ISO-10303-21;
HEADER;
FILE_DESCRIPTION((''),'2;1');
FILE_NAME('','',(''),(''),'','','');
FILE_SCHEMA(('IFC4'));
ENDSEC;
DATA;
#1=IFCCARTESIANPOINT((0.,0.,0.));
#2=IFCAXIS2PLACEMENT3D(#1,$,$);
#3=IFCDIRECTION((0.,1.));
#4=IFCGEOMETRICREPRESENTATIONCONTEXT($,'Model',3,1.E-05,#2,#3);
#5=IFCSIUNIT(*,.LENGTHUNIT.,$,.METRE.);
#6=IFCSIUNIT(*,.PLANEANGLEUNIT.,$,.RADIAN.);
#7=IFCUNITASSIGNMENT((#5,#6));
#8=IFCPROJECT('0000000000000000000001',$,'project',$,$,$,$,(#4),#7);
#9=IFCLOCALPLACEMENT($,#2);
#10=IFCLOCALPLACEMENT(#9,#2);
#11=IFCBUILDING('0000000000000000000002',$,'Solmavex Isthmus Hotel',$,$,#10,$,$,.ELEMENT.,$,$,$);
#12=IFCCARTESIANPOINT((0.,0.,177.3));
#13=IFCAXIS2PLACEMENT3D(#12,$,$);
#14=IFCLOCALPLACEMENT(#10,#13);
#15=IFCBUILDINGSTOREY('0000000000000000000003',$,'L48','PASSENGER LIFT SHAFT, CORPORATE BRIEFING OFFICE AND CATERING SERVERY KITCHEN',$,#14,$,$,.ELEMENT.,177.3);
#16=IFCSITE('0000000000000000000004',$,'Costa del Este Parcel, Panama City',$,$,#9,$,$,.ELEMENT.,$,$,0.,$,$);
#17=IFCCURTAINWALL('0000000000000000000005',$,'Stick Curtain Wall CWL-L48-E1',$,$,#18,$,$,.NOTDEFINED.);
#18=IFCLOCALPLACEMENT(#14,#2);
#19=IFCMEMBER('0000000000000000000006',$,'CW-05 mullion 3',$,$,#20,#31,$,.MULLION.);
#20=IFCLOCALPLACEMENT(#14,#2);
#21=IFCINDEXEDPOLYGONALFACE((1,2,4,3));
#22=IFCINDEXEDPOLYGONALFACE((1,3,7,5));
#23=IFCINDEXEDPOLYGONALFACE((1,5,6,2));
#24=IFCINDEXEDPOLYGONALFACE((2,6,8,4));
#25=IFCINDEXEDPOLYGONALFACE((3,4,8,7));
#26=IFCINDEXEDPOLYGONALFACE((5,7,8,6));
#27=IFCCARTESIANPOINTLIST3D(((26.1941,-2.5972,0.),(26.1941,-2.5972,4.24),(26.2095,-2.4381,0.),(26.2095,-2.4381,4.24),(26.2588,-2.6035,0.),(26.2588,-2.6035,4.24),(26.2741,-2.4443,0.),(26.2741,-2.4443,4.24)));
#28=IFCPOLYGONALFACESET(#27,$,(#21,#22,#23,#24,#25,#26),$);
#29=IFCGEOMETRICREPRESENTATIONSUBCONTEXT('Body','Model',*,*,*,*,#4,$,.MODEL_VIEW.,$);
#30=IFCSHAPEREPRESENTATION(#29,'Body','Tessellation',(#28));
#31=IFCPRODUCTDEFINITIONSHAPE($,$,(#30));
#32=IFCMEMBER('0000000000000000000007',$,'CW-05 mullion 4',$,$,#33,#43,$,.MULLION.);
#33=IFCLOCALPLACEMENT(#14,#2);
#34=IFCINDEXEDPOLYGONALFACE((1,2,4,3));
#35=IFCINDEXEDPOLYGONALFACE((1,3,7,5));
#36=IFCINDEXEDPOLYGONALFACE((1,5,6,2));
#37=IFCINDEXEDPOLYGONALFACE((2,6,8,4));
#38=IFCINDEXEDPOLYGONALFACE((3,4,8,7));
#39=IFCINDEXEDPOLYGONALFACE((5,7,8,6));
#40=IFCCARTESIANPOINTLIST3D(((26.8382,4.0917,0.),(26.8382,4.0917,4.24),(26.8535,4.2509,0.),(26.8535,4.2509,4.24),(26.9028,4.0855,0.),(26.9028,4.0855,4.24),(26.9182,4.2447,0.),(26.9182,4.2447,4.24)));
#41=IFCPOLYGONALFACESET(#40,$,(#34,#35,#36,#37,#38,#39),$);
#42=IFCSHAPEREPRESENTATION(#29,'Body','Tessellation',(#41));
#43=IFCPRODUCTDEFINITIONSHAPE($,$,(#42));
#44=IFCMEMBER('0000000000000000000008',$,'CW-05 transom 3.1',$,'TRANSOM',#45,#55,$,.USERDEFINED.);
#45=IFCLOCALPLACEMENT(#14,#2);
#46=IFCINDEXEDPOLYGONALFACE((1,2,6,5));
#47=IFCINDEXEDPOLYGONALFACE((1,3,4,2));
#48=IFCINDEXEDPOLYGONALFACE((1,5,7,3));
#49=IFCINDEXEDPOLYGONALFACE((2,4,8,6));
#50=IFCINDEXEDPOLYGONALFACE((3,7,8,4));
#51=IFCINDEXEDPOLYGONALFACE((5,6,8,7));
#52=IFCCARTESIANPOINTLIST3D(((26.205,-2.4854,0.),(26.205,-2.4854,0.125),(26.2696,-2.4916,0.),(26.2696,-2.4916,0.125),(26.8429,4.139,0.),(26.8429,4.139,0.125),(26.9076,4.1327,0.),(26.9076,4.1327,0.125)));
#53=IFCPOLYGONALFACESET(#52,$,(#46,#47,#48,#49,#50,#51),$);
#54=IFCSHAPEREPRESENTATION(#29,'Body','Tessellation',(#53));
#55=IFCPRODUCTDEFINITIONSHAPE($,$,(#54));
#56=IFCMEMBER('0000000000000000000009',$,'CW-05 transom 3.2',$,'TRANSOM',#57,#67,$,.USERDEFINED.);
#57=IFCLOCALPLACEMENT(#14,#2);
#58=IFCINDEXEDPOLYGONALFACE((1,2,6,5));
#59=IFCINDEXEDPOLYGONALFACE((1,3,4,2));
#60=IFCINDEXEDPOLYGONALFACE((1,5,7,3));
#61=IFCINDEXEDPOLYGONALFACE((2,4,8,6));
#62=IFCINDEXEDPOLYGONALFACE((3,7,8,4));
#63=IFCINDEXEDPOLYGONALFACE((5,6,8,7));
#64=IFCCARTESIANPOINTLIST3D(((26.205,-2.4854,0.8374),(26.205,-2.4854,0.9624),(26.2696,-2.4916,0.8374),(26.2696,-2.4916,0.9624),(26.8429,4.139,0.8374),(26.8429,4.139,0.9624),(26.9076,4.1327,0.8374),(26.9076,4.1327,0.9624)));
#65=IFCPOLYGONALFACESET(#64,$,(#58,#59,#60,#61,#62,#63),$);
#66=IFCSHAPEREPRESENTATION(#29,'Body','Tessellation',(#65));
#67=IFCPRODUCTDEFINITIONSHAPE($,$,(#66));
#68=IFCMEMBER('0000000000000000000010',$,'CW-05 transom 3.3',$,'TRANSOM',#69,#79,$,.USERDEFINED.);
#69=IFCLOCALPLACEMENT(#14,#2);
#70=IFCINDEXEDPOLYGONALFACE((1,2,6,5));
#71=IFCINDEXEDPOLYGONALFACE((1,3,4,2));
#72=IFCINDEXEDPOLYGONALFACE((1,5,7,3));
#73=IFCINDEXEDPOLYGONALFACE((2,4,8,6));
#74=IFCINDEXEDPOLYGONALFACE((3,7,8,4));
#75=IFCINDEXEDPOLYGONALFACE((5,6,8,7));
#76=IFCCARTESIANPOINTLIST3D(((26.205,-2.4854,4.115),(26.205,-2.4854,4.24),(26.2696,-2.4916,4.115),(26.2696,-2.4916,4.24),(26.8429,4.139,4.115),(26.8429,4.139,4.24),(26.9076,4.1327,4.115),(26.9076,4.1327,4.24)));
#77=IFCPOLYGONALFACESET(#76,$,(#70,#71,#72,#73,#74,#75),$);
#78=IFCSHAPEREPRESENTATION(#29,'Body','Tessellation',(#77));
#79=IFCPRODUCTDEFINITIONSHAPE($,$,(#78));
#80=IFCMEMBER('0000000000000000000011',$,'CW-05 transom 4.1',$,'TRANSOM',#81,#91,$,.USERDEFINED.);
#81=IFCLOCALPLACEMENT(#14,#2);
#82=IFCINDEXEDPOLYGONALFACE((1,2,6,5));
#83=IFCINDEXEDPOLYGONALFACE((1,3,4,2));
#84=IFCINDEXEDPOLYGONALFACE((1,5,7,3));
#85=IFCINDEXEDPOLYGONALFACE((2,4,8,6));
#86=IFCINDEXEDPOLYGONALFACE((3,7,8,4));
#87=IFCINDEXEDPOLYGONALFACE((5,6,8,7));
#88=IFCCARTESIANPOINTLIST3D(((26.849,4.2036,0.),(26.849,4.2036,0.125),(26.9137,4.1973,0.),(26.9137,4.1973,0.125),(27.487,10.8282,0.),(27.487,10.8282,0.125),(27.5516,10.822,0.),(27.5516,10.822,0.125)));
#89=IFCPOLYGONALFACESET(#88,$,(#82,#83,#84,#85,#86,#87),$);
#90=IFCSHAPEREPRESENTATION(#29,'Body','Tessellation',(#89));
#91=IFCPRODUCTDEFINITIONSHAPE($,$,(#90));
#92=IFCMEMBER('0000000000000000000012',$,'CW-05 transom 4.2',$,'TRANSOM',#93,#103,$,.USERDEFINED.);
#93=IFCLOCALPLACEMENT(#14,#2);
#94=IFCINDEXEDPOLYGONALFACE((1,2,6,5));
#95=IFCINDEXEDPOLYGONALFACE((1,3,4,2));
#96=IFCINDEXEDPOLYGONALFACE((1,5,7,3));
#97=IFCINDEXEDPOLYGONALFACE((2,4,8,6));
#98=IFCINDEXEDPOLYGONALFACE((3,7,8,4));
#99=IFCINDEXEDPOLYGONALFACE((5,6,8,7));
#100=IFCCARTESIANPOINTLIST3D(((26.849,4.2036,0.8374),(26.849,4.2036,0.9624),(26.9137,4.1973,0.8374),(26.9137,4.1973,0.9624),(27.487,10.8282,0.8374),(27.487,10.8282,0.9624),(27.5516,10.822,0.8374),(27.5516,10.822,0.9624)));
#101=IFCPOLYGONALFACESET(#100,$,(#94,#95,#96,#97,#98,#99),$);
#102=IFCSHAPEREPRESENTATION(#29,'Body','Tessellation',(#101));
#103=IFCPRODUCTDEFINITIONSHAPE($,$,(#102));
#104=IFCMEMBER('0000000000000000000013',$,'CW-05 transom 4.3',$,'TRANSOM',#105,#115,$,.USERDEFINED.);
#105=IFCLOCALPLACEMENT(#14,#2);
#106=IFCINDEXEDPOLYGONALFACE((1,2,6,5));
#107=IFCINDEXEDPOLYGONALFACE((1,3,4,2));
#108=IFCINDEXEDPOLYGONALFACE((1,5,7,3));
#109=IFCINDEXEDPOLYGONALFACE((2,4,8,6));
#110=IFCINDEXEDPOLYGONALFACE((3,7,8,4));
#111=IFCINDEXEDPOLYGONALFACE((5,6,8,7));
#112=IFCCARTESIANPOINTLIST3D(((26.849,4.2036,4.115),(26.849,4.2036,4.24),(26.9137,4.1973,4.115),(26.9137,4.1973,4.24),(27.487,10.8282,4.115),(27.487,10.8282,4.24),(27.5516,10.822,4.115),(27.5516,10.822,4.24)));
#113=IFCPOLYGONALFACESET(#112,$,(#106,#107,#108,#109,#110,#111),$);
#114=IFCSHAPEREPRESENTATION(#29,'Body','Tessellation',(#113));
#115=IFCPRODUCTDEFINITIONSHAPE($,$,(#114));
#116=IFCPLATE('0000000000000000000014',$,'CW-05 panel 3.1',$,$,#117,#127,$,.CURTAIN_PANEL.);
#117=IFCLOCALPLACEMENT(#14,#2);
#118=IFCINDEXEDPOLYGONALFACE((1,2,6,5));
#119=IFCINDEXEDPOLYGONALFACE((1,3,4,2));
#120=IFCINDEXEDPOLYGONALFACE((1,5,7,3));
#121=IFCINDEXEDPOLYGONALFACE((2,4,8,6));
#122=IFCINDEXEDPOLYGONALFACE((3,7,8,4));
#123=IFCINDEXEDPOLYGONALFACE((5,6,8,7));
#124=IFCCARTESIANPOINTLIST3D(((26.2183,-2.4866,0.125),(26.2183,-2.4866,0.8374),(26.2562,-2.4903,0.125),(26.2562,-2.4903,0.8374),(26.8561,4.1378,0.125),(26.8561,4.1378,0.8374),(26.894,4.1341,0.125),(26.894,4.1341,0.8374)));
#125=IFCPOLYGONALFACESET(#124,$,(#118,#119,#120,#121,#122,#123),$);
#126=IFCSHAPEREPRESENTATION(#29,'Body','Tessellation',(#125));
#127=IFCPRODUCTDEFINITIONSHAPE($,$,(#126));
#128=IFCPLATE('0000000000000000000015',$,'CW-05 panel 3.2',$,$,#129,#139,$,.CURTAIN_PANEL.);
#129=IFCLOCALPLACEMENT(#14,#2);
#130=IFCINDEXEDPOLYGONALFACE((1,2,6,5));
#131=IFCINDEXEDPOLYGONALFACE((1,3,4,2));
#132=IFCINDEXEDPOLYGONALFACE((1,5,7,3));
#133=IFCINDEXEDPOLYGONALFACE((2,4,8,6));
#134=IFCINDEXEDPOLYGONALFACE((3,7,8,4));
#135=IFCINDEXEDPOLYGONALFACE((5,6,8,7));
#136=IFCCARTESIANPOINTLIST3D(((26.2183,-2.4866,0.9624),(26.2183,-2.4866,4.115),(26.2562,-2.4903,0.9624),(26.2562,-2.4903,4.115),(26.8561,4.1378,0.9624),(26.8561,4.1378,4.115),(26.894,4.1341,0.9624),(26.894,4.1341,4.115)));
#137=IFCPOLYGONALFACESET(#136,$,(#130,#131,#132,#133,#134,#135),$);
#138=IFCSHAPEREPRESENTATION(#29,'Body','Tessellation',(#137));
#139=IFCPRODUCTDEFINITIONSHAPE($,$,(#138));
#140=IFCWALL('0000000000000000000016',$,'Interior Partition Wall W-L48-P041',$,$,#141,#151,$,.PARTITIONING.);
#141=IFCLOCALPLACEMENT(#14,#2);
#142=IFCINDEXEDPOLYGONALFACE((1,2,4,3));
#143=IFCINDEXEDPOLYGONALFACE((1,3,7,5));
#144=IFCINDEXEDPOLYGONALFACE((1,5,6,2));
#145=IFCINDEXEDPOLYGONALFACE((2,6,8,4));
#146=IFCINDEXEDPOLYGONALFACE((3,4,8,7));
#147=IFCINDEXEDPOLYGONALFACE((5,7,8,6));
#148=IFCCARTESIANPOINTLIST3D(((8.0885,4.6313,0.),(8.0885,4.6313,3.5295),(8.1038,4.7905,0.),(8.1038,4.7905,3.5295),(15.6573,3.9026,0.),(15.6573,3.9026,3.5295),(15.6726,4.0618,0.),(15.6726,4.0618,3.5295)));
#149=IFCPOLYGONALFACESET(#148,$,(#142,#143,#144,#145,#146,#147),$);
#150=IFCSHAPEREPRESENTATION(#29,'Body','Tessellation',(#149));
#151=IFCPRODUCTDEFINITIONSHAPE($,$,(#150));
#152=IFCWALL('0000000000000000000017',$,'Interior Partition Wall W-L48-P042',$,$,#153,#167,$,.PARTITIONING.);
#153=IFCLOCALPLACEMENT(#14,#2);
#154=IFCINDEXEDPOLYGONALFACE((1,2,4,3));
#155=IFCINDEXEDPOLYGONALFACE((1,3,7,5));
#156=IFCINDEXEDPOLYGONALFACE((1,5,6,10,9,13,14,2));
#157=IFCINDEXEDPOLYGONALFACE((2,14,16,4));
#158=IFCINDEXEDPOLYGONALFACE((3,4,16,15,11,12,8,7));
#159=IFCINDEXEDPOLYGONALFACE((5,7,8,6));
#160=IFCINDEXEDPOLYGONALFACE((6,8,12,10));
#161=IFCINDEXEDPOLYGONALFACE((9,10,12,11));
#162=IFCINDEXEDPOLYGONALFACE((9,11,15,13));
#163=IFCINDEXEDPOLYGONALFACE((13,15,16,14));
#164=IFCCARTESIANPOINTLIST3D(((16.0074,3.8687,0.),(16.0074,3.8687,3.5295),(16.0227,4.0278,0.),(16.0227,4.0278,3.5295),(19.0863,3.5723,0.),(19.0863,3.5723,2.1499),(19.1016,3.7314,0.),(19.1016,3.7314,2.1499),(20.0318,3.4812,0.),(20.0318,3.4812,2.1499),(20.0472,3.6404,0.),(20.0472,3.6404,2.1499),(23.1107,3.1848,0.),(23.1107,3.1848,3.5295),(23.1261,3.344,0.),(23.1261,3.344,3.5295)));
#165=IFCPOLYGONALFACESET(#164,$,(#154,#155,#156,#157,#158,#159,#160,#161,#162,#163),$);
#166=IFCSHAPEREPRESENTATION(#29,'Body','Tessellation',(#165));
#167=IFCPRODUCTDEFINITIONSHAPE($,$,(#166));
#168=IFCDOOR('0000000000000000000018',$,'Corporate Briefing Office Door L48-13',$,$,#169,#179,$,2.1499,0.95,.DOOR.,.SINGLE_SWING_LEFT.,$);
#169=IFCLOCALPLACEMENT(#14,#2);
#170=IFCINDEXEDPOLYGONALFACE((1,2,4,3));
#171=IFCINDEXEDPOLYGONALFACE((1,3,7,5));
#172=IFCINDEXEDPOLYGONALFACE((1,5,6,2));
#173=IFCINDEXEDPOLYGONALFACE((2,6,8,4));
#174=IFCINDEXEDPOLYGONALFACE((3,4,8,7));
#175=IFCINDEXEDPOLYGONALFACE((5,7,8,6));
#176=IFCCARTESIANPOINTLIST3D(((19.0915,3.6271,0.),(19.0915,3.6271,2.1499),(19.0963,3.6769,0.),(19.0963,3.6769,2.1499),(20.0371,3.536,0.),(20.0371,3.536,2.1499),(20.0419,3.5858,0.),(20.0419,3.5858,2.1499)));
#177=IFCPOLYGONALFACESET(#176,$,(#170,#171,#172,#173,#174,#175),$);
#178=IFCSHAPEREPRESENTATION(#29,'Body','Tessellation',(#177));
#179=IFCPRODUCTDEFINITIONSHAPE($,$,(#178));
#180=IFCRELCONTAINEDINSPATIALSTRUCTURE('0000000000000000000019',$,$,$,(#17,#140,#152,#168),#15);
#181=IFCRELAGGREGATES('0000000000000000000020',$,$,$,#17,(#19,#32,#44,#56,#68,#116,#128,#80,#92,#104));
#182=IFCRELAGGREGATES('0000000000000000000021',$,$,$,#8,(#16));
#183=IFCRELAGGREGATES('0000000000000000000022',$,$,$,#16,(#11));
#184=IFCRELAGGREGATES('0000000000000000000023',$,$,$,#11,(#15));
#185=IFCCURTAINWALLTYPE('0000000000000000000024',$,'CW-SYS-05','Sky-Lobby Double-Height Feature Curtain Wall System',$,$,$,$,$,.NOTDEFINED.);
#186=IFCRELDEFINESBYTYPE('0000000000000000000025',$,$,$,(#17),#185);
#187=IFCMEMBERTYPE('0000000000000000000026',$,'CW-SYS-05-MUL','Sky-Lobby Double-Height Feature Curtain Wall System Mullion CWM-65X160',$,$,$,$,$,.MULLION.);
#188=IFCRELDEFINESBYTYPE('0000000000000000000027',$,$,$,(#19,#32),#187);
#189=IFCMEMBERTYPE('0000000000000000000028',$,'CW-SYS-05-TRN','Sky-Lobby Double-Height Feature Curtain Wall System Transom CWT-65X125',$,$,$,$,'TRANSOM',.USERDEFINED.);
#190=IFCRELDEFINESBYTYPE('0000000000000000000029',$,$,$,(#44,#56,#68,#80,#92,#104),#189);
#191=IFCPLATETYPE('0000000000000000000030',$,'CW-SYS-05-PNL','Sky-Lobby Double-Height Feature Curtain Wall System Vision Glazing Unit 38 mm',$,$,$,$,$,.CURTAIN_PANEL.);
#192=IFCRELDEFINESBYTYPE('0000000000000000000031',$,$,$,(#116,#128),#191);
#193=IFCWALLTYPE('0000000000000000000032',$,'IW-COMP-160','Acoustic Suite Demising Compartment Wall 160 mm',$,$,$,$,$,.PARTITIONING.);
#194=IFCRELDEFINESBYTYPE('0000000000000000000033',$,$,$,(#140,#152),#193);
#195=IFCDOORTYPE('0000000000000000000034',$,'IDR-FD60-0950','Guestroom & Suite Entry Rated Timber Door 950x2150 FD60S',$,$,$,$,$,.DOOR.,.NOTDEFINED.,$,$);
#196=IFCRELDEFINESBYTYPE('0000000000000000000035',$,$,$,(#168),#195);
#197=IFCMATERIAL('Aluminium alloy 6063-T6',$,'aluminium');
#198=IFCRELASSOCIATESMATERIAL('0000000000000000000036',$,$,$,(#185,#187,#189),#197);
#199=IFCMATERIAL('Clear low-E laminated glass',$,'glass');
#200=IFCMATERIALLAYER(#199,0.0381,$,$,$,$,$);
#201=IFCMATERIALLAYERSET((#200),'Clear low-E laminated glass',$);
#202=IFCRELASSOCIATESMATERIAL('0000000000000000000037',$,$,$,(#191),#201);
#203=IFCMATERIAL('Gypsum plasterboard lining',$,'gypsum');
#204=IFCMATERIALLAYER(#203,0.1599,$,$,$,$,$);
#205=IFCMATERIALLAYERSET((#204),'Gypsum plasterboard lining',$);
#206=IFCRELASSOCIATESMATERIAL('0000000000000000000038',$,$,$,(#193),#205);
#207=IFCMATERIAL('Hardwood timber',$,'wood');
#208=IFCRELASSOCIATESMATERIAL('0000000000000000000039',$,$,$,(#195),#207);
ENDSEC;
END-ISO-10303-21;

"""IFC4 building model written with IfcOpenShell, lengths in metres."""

from ifc_helpers import new_model, si_unit, direction, frame, frame_2d, origin, origin_2d, place, context, subcontext, project, spatial, rectangle, extrude, material, layer, layer_set, material_profile, profile_set, type_object, element, fill, aggregate, save


model = new_model("IFC4")

# Units and contexts
model_context = context("Model", 3, precision=1e-05, world=origin(), true_north=direction((0.0, 1.0)))
body_context = subcontext(model_context, "Body", "Model", "MODEL_VIEW")
ifc_project = project(units=[si_unit("LENGTHUNIT", "METRE"), si_unit("PLANEANGLEUNIT", "RADIAN")], contexts=[model_context])

# Site, building, storey
site_placement = place(None, origin())
site = spatial("IfcSite", under=ifc_project, at=site_placement, Name="Costa del Este Parcel, Panama City", CompositionType="ELEMENT", RefElevation=0.0)
building_placement = place(site_placement, origin())
building = spatial("IfcBuilding", under=site, at=building_placement, Name="Solmavex Isthmus Hotel", CompositionType="ELEMENT")
storey_placement = place(building_placement, frame((0.0, 0.0, 177.3)))
storey = spatial("IfcBuildingStorey", under=building, at=storey_placement, Name="L48", Description="PASSENGER LIFT SHAFT, CORPORATE BRIEFING OFFICE AND CATERING SERVERY KITCHEN", CompositionType="ELEMENT", Elevation=177.3)

# Curtain wall, members, plates
ifc_material_1 = material(Name="Aluminium alloy 6063-T6", Category="aluminium")
curtain_wall_type = type_object("IfcCurtainWallType", Name="CW-SYS-05", Description="Sky-Lobby Double-Height Feature Curtain Wall System", PredefinedType="NOTDEFINED", material=ifc_material_1)
curtain_wall_placement = place(storey_placement, origin())
curtain_wall = element("IfcCurtainWall", 1, at=curtain_wall_placement, inside=storey, type_object=curtain_wall_type, Name="Stick Curtain Wall CWL-L48-E1", PredefinedType="NOTDEFINED")
ifc_material_profile_1 = material_profile(ifc_material_1, rectangle(XDim=0.0649, YDim=0.1599, at=origin_2d()), Name="CWM-65X160")
ifc_profile_set_1 = profile_set([ifc_material_profile_1], Name="Aluminium alloy 6063-T6")
member_type_1 = type_object("IfcMemberType", Name="CW-SYS-05-MUL", Description="Sky-Lobby Double-Height Feature Curtain Wall System Mullion CWM-65X160", PredefinedType="MULLION", material=ifc_profile_set_1)
member_1_placement = place(storey_placement, frame((26.2341, -2.5208, 0.0), z_axis=(0.0, 0.0, 1.0), x_axis=(-0.995396, 0.095846, 0.0)))
member_1 = element("IfcMember", 2, at=member_1_placement, type_object=member_type_1, Name="CW-05 mullion 3", PredefinedType="MULLION", context=body_context, shape_type="SweptSolid", body=[
    extrude(rectangle(XDim=0.0649, YDim=0.1599, at=origin_2d()), origin(), (0.0, 0.0, 1.0), 4.24),
])
member_2_placement = place(storey_placement, frame((26.8782, 4.1682, 0.0), z_axis=(0.0, 0.0, 1.0), x_axis=(-0.995396, 0.095846, 0.0)))
member_2 = element("IfcMember", 3, at=member_2_placement, type_object=member_type_1, Name="CW-05 mullion 4", PredefinedType="MULLION", context=body_context, shape_type="SweptSolid", body=[
    extrude(rectangle(XDim=0.0649, YDim=0.1599, at=origin_2d()), origin(), (0.0, 0.0, 1.0), 4.24),
])
ifc_material_profile_2 = material_profile(ifc_material_1, rectangle(XDim=0.0649, YDim=0.125, at=origin_2d()), Name="CWT-65X125")
ifc_profile_set_2 = profile_set([ifc_material_profile_2], Name="Aluminium alloy 6063-T6")
member_type_2 = type_object("IfcMemberType", Name="CW-SYS-05-TRN", Description="Sky-Lobby Double-Height Feature Curtain Wall System Transom CWT-65X125", ElementType="TRANSOM", PredefinedType="USERDEFINED", material=ifc_profile_set_2)
member_3_placement = place(storey_placement, frame((26.2373, -2.4885, 0.0625), z_axis=(0.09586, 0.995395, 0.0), x_axis=(-0.995395, 0.09586, 0.0)))
member_3 = element("IfcMember", 4, at=member_3_placement, type_object=member_type_2, Name="CW-05 transom 3.1", ObjectType="TRANSOM", PredefinedType="USERDEFINED", context=body_context, shape_type="SweptSolid", body=[
    extrude(rectangle(XDim=0.0649, YDim=0.125, at=origin_2d()), origin(), (0.0, 0.0, 1.0), 6.655),
])
member_4_placement = place(storey_placement, frame((26.2373, -2.4885, 0.8999), z_axis=(0.09586, 0.995395, 0.0), x_axis=(-0.995395, 0.09586, 0.0)))
member_4 = element("IfcMember", 5, at=member_4_placement, type_object=member_type_2, Name="CW-05 transom 3.2", ObjectType="TRANSOM", PredefinedType="USERDEFINED", context=body_context, shape_type="SweptSolid", body=[
    extrude(rectangle(XDim=0.0649, YDim=0.125, at=origin_2d()), origin(), (0.0, 0.0, 1.0), 6.655),
])
member_5_placement = place(storey_placement, frame((26.2373, -2.4885, 4.1775), z_axis=(0.09586, 0.995395, 0.0), x_axis=(-0.995395, 0.09586, 0.0)))
member_5 = element("IfcMember", 6, at=member_5_placement, type_object=member_type_2, Name="CW-05 transom 3.3", ObjectType="TRANSOM", PredefinedType="USERDEFINED", context=body_context, shape_type="SweptSolid", body=[
    extrude(rectangle(XDim=0.0649, YDim=0.125, at=origin_2d()), origin(), (0.0, 0.0, 1.0), 6.655),
])
member_6_placement = place(storey_placement, frame((26.8813, 4.2004, 0.0625), z_axis=(0.095856, 0.995395, 0.0), x_axis=(-0.995395, 0.095856, 0.0)))
member_6 = element("IfcMember", 7, at=member_6_placement, type_object=member_type_2, Name="CW-05 transom 4.1", ObjectType="TRANSOM", PredefinedType="USERDEFINED", context=body_context, shape_type="SweptSolid", body=[
    extrude(rectangle(XDim=0.0649, YDim=0.125, at=origin_2d()), origin(), (0.0, 0.0, 1.0), 6.6553),
])
member_7_placement = place(storey_placement, frame((26.8813, 4.2004, 0.8999), z_axis=(0.095856, 0.995395, 0.0), x_axis=(-0.995395, 0.095856, 0.0)))
member_7 = element("IfcMember", 8, at=member_7_placement, type_object=member_type_2, Name="CW-05 transom 4.2", ObjectType="TRANSOM", PredefinedType="USERDEFINED", context=body_context, shape_type="SweptSolid", body=[
    extrude(rectangle(XDim=0.0649, YDim=0.125, at=origin_2d()), origin(), (0.0, 0.0, 1.0), 6.6553),
])
member_8_placement = place(storey_placement, frame((26.8813, 4.2004, 4.1775), z_axis=(0.095856, 0.995395, 0.0), x_axis=(-0.995395, 0.095856, 0.0)))
member_8 = element("IfcMember", 9, at=member_8_placement, type_object=member_type_2, Name="CW-05 transom 4.3", ObjectType="TRANSOM", PredefinedType="USERDEFINED", context=body_context, shape_type="SweptSolid", body=[
    extrude(rectangle(XDim=0.0649, YDim=0.125, at=origin_2d()), origin(), (0.0, 0.0, 1.0), 6.6553),
])
ifc_material_2 = material(Name="Clear low-E laminated glass", Category="glass")
ifc_layer_1 = layer(ifc_material_2, 0.0381)
ifc_layer_set_1 = layer_set([ifc_layer_1], Name="Clear low-E laminated glass")
plate_type = type_object("IfcPlateType", Name="CW-SYS-05-PNL", Description="Sky-Lobby Double-Height Feature Curtain Wall System Vision Glazing Unit 38 mm", PredefinedType="CURTAIN_PANEL", material=ifc_layer_set_1)
plate_1_placement = place(storey_placement, frame((26.5562, 0.8237, 0.125), z_axis=(0.0, 0.0, 1.0), x_axis=(0.095846, 0.995396, 0.0)))
plate_1 = element("IfcPlate", 10, at=plate_1_placement, type_object=plate_type, Name="CW-05 panel 3.1", PredefinedType="CURTAIN_PANEL", context=body_context, shape_type="SweptSolid", body=[
    extrude(rectangle(XDim=6.655, YDim=0.0381, at=origin_2d()), origin(), (0.0, 0.0, 1.0), 0.7124),
])
plate_2_placement = place(storey_placement, frame((26.5562, 0.8237, 0.9624), z_axis=(0.0, 0.0, 1.0), x_axis=(0.095846, 0.995396, 0.0)))
plate_2 = element("IfcPlate", 11, at=plate_2_placement, type_object=plate_type, Name="CW-05 panel 3.2", PredefinedType="CURTAIN_PANEL", context=body_context, shape_type="SweptSolid", body=[
    extrude(rectangle(XDim=6.655, YDim=0.0381, at=origin_2d()), origin(), (0.0, 0.0, 1.0), 3.1526),
])
aggregate(curtain_wall, [member_1, member_2, member_3, member_4, member_5, plate_1, plate_2, member_6, member_7, member_8])

# Wall
ifc_material_3 = material(Name="Gypsum plasterboard lining", Category="gypsum")
ifc_layer_2 = layer(ifc_material_3, 0.1599)
ifc_layer_set_2 = layer_set([ifc_layer_2], Name="Gypsum plasterboard lining")
wall_type = type_object("IfcWallType", Name="IW-COMP-160", Description="Acoustic Suite Demising Compartment Wall 160 mm", PredefinedType="PARTITIONING", material=ifc_layer_set_2)
wall_1_placement = place(storey_placement, frame((15.6648, 3.9822, 0.0), z_axis=(0.0, 0.0, 1.0), x_axis=(-0.995397, 0.095841, 0.0)))
element("IfcWall", 12, at=wall_1_placement, inside=storey, type_object=wall_type, Name="Interior Partition Wall W-L48-P041", PredefinedType="PARTITIONING", context=body_context, shape_type="SweptSolid", body=[
    extrude(rectangle(XDim=7.6038, YDim=0.1599, at=frame_2d((3.8018, 0.0))), origin(), (0.0, 0.0, 1.0), 3.5295),
])

# Wall, opening, door
wall_2_placement = place(storey_placement, frame((23.1184, 3.2644, 0.0), z_axis=(0.0, 0.0, 1.0), x_axis=(-0.995398, 0.095828, 0.0)))
wall_2 = element("IfcWall", 13, at=wall_2_placement, inside=storey, type_object=wall_type, Name="Interior Partition Wall W-L48-P042", PredefinedType="PARTITIONING", context=body_context, shape_type="SweptSolid", body=[
    extrude(rectangle(XDim=7.1362, YDim=0.1599, at=frame_2d((3.5681, 0.0))), origin(), (0.0, 0.0, 1.0), 3.5295),
])
opening_placement = place(wall_2_placement, frame((3.093, 0.0, 0.0)))
opening = element("IfcOpeningElement", 14, at=opening_placement, cuts=wall_2, PredefinedType="OPENING", context=body_context, shape_type="SweptSolid", body=[
    extrude(rectangle(XDim=0.95, YDim=2.1499, at=frame_2d((0.4751, 1.075))), frame((0.0, 0.0898, 0.0), z_axis=(0.0, -1.0, 0.0), x_axis=(1.0, 0.0, 0.0)), (0.0, 0.0, 1.0), 0.1799),
])
ifc_material_4 = material(Name="Hardwood timber", Category="wood")
door_type = type_object("IfcDoorType", Name="IDR-FD60-0950", Description="Guestroom & Suite Entry Rated Timber Door 950x2150 FD60S", OperationType="NOTDEFINED", PredefinedType="DOOR", material=ifc_material_4)
door_placement = place(opening_placement, origin())
door = element("IfcDoor", 15, at=door_placement, inside=storey, type_object=door_type, Name="Corporate Briefing Office Door L48-13", OperationType="SINGLE_SWING_LEFT", OverallHeight=2.1499, OverallWidth=0.95, PredefinedType="DOOR", context=body_context, shape_type="SweptSolid", body=[
    extrude(rectangle(XDim=0.95, YDim=2.1499, at=frame_2d((0.4751, 1.075))), frame((0.0, 0.0249, 0.0), z_axis=(0.0, -1.0, 0.0), x_axis=(1.0, 0.0, 0.0)), (0.0, 0.0, 1.0), 0.05),
])
fill(opening, door)

save(model, "model.ifc")
